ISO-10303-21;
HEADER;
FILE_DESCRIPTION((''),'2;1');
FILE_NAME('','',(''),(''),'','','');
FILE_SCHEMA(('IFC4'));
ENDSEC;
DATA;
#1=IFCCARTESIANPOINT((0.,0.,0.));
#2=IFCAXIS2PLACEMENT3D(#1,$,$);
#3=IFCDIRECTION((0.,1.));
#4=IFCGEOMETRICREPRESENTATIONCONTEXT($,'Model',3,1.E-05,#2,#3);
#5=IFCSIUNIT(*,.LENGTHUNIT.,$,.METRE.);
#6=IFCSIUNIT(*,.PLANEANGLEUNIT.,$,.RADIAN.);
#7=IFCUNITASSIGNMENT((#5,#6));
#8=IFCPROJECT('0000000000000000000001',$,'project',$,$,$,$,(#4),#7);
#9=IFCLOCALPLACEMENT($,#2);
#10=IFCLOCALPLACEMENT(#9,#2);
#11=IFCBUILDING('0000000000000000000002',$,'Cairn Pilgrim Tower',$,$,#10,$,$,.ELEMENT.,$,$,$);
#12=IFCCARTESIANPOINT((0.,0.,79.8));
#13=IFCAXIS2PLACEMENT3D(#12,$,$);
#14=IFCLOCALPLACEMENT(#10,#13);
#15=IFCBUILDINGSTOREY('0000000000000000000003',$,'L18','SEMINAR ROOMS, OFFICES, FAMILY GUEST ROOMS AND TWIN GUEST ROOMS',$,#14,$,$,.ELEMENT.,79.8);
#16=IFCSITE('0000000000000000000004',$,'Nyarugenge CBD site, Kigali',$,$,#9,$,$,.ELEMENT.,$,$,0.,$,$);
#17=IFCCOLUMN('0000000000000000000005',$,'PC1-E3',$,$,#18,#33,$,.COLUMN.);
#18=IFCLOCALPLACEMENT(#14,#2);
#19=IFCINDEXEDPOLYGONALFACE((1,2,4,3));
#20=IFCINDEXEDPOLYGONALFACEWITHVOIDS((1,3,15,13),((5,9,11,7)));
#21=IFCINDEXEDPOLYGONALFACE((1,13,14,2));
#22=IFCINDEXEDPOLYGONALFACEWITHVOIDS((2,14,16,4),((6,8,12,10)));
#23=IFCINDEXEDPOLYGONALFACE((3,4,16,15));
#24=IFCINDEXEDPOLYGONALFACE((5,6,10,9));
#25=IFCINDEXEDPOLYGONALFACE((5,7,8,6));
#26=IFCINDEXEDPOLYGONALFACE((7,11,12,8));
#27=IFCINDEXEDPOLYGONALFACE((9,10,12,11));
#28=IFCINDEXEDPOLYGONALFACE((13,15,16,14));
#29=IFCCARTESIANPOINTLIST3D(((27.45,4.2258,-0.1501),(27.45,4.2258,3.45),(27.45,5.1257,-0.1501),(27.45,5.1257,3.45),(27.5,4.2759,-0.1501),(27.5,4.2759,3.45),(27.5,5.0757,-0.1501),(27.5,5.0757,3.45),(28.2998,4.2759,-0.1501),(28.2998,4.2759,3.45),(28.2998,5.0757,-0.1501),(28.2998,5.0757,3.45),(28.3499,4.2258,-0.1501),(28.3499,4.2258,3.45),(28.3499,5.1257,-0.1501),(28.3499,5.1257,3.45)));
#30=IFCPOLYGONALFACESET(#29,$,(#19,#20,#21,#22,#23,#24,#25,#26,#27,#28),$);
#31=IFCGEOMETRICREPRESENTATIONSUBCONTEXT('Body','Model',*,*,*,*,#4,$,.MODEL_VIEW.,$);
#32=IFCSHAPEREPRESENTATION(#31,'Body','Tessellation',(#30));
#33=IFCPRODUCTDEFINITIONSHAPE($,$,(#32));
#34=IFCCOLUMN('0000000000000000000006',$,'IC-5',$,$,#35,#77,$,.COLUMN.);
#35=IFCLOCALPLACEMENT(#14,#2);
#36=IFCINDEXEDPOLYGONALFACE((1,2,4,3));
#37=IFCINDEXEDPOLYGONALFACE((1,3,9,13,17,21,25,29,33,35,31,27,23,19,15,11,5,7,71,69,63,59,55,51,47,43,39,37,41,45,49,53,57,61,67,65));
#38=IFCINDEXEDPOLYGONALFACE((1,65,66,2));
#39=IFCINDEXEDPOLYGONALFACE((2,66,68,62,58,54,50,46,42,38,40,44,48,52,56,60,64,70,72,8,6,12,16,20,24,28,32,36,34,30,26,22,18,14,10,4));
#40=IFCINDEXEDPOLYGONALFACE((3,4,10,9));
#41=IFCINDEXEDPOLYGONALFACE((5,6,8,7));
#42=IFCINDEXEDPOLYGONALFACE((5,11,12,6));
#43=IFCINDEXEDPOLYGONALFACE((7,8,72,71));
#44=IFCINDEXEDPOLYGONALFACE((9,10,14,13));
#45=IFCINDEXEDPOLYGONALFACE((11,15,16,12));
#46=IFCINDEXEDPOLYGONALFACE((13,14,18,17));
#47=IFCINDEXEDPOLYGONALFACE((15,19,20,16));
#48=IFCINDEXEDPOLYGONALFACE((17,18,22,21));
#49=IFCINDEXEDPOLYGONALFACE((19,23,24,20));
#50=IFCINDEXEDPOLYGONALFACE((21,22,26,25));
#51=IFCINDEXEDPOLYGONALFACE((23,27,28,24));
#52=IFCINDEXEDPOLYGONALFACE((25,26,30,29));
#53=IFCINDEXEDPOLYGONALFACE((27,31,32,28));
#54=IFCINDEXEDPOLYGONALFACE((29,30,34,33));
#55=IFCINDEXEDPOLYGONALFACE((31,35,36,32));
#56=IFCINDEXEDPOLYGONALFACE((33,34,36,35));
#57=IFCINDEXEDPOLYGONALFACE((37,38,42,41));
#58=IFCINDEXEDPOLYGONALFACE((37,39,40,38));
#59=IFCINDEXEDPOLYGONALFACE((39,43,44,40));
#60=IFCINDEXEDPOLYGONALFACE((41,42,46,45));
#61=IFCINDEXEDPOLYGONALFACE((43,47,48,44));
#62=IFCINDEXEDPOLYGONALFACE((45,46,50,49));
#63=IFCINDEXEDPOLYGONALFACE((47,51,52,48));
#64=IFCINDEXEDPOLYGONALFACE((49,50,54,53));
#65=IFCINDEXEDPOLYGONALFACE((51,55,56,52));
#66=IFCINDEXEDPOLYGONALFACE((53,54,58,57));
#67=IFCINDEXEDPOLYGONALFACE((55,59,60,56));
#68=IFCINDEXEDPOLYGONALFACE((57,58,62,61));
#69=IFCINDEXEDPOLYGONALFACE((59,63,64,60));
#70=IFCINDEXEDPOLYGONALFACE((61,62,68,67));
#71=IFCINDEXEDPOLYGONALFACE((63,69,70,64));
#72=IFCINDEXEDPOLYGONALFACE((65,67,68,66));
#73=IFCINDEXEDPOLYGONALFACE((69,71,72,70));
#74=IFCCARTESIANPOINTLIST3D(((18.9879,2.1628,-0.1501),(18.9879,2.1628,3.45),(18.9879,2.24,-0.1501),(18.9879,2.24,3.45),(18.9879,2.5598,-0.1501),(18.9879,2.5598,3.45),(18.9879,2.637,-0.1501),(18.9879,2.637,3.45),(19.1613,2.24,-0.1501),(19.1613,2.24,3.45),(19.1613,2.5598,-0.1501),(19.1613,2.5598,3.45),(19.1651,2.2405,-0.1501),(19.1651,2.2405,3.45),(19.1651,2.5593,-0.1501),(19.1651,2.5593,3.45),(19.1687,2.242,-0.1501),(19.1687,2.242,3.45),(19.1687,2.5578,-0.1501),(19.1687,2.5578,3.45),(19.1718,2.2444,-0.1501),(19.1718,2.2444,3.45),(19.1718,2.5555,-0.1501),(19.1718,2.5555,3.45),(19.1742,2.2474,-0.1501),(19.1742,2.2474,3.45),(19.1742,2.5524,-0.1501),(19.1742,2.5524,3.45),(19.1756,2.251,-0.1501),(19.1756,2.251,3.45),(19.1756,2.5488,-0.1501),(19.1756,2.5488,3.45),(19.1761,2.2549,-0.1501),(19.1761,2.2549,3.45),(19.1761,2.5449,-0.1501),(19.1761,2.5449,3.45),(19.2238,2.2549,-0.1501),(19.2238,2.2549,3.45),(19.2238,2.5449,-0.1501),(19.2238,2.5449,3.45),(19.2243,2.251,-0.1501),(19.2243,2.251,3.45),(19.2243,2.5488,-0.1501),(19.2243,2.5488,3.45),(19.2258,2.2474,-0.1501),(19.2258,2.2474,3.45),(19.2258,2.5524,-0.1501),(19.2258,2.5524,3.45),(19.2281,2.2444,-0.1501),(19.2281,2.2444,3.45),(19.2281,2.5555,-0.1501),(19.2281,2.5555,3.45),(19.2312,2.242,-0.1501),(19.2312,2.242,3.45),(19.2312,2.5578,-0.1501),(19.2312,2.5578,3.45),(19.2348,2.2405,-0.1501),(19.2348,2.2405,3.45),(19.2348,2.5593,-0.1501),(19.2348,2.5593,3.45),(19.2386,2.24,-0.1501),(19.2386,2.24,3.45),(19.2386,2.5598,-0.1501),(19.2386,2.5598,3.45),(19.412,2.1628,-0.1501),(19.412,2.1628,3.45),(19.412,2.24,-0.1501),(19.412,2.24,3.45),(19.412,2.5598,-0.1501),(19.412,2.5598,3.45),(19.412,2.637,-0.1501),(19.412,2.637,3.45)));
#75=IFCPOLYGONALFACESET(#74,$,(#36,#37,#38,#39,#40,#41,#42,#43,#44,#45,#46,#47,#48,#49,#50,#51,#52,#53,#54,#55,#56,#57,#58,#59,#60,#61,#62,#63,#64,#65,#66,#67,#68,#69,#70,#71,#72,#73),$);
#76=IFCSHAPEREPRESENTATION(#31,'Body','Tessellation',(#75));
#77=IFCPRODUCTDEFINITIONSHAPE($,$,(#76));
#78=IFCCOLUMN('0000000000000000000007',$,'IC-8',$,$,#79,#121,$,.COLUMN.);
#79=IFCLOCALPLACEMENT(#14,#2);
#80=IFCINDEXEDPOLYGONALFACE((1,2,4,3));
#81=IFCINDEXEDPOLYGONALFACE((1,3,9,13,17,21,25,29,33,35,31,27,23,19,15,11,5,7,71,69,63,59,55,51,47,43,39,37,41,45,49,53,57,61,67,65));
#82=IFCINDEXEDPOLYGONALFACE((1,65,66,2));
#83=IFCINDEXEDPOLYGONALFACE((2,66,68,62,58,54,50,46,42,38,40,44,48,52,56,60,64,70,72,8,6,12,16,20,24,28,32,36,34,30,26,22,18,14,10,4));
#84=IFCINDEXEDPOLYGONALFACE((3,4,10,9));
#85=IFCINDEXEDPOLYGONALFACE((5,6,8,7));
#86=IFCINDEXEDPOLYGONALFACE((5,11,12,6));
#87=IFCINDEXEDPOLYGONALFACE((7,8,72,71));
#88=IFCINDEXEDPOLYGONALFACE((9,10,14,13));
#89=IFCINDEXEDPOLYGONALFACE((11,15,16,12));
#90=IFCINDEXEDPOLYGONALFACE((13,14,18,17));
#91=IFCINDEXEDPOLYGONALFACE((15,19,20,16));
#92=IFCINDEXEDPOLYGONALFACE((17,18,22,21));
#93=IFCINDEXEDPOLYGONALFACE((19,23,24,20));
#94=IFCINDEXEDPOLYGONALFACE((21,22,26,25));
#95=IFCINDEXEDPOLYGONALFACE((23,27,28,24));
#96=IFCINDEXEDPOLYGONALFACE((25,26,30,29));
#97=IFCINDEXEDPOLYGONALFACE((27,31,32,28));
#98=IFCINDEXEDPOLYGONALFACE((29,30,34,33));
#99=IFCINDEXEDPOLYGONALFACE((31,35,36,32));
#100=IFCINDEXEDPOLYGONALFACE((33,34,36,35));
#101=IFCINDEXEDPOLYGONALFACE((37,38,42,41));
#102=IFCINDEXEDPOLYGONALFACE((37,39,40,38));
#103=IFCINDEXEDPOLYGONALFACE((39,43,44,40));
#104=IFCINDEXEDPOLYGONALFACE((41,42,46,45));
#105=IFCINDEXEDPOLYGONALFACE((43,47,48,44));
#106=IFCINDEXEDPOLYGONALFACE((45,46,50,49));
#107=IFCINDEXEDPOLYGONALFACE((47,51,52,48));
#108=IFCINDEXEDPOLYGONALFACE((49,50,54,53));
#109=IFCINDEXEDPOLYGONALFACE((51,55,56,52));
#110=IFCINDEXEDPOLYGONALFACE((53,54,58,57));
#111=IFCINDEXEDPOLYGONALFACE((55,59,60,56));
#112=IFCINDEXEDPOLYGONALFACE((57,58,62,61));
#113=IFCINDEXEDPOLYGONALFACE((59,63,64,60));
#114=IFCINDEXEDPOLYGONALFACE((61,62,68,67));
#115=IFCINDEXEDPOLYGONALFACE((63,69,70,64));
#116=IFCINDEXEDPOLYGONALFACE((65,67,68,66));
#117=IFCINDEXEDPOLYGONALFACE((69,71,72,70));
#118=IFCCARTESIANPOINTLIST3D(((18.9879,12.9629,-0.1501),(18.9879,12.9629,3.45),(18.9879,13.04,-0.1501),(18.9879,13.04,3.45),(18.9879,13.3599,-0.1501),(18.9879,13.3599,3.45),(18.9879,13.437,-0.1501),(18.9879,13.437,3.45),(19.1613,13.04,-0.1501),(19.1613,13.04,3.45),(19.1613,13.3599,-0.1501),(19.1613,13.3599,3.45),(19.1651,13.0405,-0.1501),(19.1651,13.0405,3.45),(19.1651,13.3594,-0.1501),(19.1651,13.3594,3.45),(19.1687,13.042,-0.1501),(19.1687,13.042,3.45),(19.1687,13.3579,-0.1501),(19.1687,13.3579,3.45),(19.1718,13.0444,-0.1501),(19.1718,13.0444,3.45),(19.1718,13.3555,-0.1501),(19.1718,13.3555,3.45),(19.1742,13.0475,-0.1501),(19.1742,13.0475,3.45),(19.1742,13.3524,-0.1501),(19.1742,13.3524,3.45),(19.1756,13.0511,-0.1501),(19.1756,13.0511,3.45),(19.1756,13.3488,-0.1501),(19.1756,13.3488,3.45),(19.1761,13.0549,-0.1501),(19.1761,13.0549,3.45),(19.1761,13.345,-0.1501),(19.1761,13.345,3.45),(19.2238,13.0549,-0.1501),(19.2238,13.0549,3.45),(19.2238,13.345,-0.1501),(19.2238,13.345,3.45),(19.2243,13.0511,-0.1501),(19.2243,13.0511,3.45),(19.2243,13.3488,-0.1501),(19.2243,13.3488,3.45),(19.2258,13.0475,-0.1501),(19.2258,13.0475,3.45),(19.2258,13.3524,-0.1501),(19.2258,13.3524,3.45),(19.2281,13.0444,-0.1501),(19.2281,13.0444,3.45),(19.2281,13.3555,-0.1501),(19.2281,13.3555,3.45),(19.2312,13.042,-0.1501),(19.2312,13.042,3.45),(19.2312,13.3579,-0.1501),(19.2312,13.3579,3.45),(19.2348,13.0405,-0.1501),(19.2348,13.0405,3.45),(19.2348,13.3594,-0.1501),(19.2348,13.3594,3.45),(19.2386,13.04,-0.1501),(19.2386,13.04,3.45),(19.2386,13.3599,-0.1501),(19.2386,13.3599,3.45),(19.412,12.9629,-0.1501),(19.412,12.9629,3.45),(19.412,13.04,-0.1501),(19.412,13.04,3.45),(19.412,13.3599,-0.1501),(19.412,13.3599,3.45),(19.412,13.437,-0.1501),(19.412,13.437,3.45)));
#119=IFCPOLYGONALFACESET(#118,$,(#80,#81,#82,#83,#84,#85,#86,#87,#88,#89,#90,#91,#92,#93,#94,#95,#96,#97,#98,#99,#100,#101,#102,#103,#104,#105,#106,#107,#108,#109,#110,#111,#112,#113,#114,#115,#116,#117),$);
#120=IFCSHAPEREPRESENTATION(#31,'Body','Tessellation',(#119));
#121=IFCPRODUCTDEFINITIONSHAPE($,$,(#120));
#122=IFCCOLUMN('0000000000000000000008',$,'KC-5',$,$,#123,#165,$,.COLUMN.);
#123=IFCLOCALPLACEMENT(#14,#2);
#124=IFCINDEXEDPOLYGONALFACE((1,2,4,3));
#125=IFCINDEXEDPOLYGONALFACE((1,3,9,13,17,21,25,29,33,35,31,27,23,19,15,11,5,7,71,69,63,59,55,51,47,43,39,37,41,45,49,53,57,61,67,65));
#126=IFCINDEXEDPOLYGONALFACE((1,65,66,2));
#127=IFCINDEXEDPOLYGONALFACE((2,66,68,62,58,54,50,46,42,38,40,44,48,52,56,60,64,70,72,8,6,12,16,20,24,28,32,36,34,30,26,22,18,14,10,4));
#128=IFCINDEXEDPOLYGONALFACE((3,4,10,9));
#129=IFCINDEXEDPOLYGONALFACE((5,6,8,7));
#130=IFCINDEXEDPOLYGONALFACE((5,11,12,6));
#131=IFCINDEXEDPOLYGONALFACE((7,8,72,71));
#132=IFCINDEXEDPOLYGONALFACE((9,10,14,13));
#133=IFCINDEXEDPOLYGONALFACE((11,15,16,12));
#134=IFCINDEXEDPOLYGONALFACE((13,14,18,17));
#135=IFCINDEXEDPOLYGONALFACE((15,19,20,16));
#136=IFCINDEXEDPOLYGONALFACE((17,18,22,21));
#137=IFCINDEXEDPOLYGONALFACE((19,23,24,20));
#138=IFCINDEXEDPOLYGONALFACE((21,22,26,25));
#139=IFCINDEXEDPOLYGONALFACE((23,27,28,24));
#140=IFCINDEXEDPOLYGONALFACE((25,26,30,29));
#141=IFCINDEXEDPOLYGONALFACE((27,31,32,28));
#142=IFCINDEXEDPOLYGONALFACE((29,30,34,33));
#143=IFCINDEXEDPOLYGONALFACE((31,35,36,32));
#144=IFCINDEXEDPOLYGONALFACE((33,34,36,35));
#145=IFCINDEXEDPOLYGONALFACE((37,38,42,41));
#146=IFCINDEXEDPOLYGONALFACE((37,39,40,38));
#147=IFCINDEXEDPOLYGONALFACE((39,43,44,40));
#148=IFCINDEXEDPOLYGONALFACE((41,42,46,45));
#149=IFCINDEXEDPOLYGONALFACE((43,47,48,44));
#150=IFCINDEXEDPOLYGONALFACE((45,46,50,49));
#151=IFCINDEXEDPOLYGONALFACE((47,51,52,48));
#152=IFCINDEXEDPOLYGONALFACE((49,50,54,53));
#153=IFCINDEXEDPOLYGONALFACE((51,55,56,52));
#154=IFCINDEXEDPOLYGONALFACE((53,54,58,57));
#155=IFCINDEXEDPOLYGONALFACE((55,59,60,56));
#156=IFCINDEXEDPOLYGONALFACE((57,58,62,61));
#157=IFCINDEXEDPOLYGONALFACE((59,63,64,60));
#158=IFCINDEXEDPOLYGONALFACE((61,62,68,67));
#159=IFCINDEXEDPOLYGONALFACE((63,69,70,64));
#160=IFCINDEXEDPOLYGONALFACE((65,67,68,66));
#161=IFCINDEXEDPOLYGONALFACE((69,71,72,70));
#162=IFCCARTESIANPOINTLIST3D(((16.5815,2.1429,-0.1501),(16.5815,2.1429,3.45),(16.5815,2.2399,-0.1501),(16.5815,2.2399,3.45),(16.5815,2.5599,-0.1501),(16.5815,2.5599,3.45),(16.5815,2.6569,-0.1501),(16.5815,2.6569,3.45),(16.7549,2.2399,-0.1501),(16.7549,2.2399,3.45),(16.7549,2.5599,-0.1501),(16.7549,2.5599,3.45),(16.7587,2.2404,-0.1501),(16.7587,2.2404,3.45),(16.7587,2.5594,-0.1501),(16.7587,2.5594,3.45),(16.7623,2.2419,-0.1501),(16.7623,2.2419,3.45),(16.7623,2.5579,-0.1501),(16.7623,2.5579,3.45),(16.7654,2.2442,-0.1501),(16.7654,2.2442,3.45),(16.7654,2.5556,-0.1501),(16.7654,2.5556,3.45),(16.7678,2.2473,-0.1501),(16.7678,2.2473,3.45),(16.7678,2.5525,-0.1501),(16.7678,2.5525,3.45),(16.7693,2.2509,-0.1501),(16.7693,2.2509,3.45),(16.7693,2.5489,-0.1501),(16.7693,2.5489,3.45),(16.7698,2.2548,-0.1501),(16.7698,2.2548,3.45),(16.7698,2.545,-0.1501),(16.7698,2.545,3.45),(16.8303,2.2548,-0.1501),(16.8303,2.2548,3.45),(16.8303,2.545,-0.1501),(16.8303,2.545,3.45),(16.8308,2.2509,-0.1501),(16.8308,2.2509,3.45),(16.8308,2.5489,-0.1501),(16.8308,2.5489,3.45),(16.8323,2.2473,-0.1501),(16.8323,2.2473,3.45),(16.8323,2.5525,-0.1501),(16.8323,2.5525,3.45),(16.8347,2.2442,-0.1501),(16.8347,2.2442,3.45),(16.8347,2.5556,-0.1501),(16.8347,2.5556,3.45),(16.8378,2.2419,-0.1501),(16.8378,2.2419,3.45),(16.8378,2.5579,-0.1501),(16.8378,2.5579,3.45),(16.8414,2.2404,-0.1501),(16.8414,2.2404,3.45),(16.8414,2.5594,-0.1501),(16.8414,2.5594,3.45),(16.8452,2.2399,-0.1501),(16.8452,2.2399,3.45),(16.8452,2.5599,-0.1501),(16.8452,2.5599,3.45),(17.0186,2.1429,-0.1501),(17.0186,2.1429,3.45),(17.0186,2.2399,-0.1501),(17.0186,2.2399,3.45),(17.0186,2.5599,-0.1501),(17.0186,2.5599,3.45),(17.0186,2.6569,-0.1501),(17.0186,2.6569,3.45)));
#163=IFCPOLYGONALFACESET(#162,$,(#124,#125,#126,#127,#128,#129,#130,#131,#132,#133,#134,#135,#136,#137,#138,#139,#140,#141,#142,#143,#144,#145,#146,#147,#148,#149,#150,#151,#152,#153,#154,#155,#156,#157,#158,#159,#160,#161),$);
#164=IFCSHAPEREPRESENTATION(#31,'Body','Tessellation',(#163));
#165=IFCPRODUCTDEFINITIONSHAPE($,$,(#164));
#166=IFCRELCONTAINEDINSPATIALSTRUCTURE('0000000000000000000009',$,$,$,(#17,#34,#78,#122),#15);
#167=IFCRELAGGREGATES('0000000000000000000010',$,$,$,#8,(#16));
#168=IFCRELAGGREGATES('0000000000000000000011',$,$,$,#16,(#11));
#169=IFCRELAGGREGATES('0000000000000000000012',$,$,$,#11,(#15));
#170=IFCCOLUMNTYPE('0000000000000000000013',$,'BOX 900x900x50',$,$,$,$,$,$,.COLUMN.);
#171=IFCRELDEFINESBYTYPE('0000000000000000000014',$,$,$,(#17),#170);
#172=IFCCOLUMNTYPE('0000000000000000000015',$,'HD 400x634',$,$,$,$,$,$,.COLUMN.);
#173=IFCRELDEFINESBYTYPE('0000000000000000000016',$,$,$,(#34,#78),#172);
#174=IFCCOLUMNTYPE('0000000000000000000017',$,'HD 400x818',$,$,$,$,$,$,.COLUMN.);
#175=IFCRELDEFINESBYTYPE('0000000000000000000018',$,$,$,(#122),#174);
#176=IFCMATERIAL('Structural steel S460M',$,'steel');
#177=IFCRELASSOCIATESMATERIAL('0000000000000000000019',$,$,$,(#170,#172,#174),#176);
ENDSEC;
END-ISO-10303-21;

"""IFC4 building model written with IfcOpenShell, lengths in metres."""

from ifc_helpers import new_model, si_unit, direction, frame, origin, origin_2d, place, context, subcontext, project, spatial, hollow_rectangle, i_section, extrude, material, material_profile, profile_set, type_object, element, save


model = new_model("IFC4")

# Units and contexts
model_context = context("Model", 3, precision=1e-05, world=origin(), true_north=direction((0.0, 1.0)))
body_context = subcontext(model_context, "Body", "Model", "MODEL_VIEW")
ifc_project = project(units=[si_unit("LENGTHUNIT", "METRE"), si_unit("PLANEANGLEUNIT", "RADIAN")], contexts=[model_context])

# Site, building, storey
site_placement = place(None, origin())
site = spatial("IfcSite", under=ifc_project, at=site_placement, Name="Nyarugenge CBD site, Kigali", CompositionType="ELEMENT", RefElevation=0.0)
building_placement = place(site_placement, origin())
building = spatial("IfcBuilding", under=site, at=building_placement, Name="Cairn Pilgrim Tower", CompositionType="ELEMENT")
storey_placement = place(building_placement, frame((0.0, 0.0, 79.8)))
storey = spatial("IfcBuildingStorey", under=building, at=storey_placement, Name="L18", Description="SEMINAR ROOMS, OFFICES, FAMILY GUEST ROOMS AND TWIN GUEST ROOMS", CompositionType="ELEMENT", Elevation=79.8)

# Columns
ifc_material_1 = material(Name="Structural steel S460M", Category="steel")
ifc_material_profile_1 = material_profile(ifc_material_1, hollow_rectangle(XDim=0.8999, YDim=0.8999, WallThickness=0.05, at=origin_2d()), Name="BOX 900x900x50")
ifc_profile_set_1 = profile_set([ifc_material_profile_1], Name="Structural steel S460M")
column_type_1 = type_object("IfcColumnType", Name="BOX 900x900x50", PredefinedType="COLUMN", material=ifc_profile_set_1)
column_placement = place(storey_placement, frame((27.8999, 4.6758, -0.1501), z_axis=(0.0, 0.0, 1.0), x_axis=(1.0, 0.0, 0.0)))
element("IfcColumn", 1, at=column_placement, inside=storey, type_object=column_type_1, Name="PC1-E3", PredefinedType="COLUMN", context=body_context, shape_type="SweptSolid", body=[
    extrude(hollow_rectangle(XDim=0.8999, YDim=0.8999, WallThickness=0.05, at=origin_2d()), origin(), (0.0, 0.0, 1.0), 3.6001),
])
ifc_material_profile_2 = material_profile(ifc_material_1, i_section(OverallWidth=0.4241, OverallDepth=0.4741, WebThickness=0.0476, FlangeThickness=0.0771, FilletRadius=0.0149, at=origin_2d()), Name="HD 400x634")
ifc_profile_set_2 = profile_set([ifc_material_profile_2], Name="Structural steel S460M")
column_type_2 = type_object("IfcColumnType", Name="HD 400x634", PredefinedType="COLUMN", material=ifc_profile_set_2)
for number, where, z_axis, x_axis, name in (
    (2, (19.2, 2.3999, -0.1501), (0.0, 0.0, 1.0), (1.0, 0.0, 0.0), "IC-5"),
    (3, (19.2, 13.2, -0.1501), (0.0, 0.0, 1.0), (1.0, 0.0, 0.0), "IC-8"),
):
    element("IfcColumn", number, at=place(storey_placement, frame(where, z_axis=z_axis, x_axis=x_axis)), inside=storey, type_object=column_type_2, Name=name, PredefinedType="COLUMN", context=body_context, shape_type="SweptSolid", body=[
        extrude(i_section(OverallWidth=0.4241, OverallDepth=0.4741, WebThickness=0.0476, FlangeThickness=0.0771, FilletRadius=0.0149, at=origin_2d()), origin(), (0.0, 0.0, 1.0), 3.6001),
    ])
ifc_material_profile_3 = material_profile(ifc_material_1, i_section(OverallWidth=0.437, OverallDepth=0.5139, WebThickness=0.0605, FlangeThickness=0.0969, FilletRadius=0.0149, at=origin_2d()), Name="HD 400x818")
ifc_profile_set_3 = profile_set([ifc_material_profile_3], Name="Structural steel S460M")
column_type_3 = type_object("IfcColumnType", Name="HD 400x818", PredefinedType="COLUMN", material=ifc_profile_set_3)
for number, where, z_axis, x_axis, name in (
    (4, (16.8, 2.3999, -0.1501), (0.0, 0.0, 1.0), (1.0, 0.0, 0.0), "KC-5"),
):
    element("IfcColumn", number, at=place(storey_placement, frame(where, z_axis=z_axis, x_axis=x_axis)), inside=storey, type_object=column_type_3, Name=name, PredefinedType="COLUMN", context=body_context, shape_type="SweptSolid", body=[
        extrude(i_section(OverallWidth=0.437, OverallDepth=0.5139, WebThickness=0.0605, FlangeThickness=0.0969, FilletRadius=0.0149, at=origin_2d()), origin(), (0.0, 0.0, 1.0), 3.6001),
    ])

save(model, "model.ifc")
